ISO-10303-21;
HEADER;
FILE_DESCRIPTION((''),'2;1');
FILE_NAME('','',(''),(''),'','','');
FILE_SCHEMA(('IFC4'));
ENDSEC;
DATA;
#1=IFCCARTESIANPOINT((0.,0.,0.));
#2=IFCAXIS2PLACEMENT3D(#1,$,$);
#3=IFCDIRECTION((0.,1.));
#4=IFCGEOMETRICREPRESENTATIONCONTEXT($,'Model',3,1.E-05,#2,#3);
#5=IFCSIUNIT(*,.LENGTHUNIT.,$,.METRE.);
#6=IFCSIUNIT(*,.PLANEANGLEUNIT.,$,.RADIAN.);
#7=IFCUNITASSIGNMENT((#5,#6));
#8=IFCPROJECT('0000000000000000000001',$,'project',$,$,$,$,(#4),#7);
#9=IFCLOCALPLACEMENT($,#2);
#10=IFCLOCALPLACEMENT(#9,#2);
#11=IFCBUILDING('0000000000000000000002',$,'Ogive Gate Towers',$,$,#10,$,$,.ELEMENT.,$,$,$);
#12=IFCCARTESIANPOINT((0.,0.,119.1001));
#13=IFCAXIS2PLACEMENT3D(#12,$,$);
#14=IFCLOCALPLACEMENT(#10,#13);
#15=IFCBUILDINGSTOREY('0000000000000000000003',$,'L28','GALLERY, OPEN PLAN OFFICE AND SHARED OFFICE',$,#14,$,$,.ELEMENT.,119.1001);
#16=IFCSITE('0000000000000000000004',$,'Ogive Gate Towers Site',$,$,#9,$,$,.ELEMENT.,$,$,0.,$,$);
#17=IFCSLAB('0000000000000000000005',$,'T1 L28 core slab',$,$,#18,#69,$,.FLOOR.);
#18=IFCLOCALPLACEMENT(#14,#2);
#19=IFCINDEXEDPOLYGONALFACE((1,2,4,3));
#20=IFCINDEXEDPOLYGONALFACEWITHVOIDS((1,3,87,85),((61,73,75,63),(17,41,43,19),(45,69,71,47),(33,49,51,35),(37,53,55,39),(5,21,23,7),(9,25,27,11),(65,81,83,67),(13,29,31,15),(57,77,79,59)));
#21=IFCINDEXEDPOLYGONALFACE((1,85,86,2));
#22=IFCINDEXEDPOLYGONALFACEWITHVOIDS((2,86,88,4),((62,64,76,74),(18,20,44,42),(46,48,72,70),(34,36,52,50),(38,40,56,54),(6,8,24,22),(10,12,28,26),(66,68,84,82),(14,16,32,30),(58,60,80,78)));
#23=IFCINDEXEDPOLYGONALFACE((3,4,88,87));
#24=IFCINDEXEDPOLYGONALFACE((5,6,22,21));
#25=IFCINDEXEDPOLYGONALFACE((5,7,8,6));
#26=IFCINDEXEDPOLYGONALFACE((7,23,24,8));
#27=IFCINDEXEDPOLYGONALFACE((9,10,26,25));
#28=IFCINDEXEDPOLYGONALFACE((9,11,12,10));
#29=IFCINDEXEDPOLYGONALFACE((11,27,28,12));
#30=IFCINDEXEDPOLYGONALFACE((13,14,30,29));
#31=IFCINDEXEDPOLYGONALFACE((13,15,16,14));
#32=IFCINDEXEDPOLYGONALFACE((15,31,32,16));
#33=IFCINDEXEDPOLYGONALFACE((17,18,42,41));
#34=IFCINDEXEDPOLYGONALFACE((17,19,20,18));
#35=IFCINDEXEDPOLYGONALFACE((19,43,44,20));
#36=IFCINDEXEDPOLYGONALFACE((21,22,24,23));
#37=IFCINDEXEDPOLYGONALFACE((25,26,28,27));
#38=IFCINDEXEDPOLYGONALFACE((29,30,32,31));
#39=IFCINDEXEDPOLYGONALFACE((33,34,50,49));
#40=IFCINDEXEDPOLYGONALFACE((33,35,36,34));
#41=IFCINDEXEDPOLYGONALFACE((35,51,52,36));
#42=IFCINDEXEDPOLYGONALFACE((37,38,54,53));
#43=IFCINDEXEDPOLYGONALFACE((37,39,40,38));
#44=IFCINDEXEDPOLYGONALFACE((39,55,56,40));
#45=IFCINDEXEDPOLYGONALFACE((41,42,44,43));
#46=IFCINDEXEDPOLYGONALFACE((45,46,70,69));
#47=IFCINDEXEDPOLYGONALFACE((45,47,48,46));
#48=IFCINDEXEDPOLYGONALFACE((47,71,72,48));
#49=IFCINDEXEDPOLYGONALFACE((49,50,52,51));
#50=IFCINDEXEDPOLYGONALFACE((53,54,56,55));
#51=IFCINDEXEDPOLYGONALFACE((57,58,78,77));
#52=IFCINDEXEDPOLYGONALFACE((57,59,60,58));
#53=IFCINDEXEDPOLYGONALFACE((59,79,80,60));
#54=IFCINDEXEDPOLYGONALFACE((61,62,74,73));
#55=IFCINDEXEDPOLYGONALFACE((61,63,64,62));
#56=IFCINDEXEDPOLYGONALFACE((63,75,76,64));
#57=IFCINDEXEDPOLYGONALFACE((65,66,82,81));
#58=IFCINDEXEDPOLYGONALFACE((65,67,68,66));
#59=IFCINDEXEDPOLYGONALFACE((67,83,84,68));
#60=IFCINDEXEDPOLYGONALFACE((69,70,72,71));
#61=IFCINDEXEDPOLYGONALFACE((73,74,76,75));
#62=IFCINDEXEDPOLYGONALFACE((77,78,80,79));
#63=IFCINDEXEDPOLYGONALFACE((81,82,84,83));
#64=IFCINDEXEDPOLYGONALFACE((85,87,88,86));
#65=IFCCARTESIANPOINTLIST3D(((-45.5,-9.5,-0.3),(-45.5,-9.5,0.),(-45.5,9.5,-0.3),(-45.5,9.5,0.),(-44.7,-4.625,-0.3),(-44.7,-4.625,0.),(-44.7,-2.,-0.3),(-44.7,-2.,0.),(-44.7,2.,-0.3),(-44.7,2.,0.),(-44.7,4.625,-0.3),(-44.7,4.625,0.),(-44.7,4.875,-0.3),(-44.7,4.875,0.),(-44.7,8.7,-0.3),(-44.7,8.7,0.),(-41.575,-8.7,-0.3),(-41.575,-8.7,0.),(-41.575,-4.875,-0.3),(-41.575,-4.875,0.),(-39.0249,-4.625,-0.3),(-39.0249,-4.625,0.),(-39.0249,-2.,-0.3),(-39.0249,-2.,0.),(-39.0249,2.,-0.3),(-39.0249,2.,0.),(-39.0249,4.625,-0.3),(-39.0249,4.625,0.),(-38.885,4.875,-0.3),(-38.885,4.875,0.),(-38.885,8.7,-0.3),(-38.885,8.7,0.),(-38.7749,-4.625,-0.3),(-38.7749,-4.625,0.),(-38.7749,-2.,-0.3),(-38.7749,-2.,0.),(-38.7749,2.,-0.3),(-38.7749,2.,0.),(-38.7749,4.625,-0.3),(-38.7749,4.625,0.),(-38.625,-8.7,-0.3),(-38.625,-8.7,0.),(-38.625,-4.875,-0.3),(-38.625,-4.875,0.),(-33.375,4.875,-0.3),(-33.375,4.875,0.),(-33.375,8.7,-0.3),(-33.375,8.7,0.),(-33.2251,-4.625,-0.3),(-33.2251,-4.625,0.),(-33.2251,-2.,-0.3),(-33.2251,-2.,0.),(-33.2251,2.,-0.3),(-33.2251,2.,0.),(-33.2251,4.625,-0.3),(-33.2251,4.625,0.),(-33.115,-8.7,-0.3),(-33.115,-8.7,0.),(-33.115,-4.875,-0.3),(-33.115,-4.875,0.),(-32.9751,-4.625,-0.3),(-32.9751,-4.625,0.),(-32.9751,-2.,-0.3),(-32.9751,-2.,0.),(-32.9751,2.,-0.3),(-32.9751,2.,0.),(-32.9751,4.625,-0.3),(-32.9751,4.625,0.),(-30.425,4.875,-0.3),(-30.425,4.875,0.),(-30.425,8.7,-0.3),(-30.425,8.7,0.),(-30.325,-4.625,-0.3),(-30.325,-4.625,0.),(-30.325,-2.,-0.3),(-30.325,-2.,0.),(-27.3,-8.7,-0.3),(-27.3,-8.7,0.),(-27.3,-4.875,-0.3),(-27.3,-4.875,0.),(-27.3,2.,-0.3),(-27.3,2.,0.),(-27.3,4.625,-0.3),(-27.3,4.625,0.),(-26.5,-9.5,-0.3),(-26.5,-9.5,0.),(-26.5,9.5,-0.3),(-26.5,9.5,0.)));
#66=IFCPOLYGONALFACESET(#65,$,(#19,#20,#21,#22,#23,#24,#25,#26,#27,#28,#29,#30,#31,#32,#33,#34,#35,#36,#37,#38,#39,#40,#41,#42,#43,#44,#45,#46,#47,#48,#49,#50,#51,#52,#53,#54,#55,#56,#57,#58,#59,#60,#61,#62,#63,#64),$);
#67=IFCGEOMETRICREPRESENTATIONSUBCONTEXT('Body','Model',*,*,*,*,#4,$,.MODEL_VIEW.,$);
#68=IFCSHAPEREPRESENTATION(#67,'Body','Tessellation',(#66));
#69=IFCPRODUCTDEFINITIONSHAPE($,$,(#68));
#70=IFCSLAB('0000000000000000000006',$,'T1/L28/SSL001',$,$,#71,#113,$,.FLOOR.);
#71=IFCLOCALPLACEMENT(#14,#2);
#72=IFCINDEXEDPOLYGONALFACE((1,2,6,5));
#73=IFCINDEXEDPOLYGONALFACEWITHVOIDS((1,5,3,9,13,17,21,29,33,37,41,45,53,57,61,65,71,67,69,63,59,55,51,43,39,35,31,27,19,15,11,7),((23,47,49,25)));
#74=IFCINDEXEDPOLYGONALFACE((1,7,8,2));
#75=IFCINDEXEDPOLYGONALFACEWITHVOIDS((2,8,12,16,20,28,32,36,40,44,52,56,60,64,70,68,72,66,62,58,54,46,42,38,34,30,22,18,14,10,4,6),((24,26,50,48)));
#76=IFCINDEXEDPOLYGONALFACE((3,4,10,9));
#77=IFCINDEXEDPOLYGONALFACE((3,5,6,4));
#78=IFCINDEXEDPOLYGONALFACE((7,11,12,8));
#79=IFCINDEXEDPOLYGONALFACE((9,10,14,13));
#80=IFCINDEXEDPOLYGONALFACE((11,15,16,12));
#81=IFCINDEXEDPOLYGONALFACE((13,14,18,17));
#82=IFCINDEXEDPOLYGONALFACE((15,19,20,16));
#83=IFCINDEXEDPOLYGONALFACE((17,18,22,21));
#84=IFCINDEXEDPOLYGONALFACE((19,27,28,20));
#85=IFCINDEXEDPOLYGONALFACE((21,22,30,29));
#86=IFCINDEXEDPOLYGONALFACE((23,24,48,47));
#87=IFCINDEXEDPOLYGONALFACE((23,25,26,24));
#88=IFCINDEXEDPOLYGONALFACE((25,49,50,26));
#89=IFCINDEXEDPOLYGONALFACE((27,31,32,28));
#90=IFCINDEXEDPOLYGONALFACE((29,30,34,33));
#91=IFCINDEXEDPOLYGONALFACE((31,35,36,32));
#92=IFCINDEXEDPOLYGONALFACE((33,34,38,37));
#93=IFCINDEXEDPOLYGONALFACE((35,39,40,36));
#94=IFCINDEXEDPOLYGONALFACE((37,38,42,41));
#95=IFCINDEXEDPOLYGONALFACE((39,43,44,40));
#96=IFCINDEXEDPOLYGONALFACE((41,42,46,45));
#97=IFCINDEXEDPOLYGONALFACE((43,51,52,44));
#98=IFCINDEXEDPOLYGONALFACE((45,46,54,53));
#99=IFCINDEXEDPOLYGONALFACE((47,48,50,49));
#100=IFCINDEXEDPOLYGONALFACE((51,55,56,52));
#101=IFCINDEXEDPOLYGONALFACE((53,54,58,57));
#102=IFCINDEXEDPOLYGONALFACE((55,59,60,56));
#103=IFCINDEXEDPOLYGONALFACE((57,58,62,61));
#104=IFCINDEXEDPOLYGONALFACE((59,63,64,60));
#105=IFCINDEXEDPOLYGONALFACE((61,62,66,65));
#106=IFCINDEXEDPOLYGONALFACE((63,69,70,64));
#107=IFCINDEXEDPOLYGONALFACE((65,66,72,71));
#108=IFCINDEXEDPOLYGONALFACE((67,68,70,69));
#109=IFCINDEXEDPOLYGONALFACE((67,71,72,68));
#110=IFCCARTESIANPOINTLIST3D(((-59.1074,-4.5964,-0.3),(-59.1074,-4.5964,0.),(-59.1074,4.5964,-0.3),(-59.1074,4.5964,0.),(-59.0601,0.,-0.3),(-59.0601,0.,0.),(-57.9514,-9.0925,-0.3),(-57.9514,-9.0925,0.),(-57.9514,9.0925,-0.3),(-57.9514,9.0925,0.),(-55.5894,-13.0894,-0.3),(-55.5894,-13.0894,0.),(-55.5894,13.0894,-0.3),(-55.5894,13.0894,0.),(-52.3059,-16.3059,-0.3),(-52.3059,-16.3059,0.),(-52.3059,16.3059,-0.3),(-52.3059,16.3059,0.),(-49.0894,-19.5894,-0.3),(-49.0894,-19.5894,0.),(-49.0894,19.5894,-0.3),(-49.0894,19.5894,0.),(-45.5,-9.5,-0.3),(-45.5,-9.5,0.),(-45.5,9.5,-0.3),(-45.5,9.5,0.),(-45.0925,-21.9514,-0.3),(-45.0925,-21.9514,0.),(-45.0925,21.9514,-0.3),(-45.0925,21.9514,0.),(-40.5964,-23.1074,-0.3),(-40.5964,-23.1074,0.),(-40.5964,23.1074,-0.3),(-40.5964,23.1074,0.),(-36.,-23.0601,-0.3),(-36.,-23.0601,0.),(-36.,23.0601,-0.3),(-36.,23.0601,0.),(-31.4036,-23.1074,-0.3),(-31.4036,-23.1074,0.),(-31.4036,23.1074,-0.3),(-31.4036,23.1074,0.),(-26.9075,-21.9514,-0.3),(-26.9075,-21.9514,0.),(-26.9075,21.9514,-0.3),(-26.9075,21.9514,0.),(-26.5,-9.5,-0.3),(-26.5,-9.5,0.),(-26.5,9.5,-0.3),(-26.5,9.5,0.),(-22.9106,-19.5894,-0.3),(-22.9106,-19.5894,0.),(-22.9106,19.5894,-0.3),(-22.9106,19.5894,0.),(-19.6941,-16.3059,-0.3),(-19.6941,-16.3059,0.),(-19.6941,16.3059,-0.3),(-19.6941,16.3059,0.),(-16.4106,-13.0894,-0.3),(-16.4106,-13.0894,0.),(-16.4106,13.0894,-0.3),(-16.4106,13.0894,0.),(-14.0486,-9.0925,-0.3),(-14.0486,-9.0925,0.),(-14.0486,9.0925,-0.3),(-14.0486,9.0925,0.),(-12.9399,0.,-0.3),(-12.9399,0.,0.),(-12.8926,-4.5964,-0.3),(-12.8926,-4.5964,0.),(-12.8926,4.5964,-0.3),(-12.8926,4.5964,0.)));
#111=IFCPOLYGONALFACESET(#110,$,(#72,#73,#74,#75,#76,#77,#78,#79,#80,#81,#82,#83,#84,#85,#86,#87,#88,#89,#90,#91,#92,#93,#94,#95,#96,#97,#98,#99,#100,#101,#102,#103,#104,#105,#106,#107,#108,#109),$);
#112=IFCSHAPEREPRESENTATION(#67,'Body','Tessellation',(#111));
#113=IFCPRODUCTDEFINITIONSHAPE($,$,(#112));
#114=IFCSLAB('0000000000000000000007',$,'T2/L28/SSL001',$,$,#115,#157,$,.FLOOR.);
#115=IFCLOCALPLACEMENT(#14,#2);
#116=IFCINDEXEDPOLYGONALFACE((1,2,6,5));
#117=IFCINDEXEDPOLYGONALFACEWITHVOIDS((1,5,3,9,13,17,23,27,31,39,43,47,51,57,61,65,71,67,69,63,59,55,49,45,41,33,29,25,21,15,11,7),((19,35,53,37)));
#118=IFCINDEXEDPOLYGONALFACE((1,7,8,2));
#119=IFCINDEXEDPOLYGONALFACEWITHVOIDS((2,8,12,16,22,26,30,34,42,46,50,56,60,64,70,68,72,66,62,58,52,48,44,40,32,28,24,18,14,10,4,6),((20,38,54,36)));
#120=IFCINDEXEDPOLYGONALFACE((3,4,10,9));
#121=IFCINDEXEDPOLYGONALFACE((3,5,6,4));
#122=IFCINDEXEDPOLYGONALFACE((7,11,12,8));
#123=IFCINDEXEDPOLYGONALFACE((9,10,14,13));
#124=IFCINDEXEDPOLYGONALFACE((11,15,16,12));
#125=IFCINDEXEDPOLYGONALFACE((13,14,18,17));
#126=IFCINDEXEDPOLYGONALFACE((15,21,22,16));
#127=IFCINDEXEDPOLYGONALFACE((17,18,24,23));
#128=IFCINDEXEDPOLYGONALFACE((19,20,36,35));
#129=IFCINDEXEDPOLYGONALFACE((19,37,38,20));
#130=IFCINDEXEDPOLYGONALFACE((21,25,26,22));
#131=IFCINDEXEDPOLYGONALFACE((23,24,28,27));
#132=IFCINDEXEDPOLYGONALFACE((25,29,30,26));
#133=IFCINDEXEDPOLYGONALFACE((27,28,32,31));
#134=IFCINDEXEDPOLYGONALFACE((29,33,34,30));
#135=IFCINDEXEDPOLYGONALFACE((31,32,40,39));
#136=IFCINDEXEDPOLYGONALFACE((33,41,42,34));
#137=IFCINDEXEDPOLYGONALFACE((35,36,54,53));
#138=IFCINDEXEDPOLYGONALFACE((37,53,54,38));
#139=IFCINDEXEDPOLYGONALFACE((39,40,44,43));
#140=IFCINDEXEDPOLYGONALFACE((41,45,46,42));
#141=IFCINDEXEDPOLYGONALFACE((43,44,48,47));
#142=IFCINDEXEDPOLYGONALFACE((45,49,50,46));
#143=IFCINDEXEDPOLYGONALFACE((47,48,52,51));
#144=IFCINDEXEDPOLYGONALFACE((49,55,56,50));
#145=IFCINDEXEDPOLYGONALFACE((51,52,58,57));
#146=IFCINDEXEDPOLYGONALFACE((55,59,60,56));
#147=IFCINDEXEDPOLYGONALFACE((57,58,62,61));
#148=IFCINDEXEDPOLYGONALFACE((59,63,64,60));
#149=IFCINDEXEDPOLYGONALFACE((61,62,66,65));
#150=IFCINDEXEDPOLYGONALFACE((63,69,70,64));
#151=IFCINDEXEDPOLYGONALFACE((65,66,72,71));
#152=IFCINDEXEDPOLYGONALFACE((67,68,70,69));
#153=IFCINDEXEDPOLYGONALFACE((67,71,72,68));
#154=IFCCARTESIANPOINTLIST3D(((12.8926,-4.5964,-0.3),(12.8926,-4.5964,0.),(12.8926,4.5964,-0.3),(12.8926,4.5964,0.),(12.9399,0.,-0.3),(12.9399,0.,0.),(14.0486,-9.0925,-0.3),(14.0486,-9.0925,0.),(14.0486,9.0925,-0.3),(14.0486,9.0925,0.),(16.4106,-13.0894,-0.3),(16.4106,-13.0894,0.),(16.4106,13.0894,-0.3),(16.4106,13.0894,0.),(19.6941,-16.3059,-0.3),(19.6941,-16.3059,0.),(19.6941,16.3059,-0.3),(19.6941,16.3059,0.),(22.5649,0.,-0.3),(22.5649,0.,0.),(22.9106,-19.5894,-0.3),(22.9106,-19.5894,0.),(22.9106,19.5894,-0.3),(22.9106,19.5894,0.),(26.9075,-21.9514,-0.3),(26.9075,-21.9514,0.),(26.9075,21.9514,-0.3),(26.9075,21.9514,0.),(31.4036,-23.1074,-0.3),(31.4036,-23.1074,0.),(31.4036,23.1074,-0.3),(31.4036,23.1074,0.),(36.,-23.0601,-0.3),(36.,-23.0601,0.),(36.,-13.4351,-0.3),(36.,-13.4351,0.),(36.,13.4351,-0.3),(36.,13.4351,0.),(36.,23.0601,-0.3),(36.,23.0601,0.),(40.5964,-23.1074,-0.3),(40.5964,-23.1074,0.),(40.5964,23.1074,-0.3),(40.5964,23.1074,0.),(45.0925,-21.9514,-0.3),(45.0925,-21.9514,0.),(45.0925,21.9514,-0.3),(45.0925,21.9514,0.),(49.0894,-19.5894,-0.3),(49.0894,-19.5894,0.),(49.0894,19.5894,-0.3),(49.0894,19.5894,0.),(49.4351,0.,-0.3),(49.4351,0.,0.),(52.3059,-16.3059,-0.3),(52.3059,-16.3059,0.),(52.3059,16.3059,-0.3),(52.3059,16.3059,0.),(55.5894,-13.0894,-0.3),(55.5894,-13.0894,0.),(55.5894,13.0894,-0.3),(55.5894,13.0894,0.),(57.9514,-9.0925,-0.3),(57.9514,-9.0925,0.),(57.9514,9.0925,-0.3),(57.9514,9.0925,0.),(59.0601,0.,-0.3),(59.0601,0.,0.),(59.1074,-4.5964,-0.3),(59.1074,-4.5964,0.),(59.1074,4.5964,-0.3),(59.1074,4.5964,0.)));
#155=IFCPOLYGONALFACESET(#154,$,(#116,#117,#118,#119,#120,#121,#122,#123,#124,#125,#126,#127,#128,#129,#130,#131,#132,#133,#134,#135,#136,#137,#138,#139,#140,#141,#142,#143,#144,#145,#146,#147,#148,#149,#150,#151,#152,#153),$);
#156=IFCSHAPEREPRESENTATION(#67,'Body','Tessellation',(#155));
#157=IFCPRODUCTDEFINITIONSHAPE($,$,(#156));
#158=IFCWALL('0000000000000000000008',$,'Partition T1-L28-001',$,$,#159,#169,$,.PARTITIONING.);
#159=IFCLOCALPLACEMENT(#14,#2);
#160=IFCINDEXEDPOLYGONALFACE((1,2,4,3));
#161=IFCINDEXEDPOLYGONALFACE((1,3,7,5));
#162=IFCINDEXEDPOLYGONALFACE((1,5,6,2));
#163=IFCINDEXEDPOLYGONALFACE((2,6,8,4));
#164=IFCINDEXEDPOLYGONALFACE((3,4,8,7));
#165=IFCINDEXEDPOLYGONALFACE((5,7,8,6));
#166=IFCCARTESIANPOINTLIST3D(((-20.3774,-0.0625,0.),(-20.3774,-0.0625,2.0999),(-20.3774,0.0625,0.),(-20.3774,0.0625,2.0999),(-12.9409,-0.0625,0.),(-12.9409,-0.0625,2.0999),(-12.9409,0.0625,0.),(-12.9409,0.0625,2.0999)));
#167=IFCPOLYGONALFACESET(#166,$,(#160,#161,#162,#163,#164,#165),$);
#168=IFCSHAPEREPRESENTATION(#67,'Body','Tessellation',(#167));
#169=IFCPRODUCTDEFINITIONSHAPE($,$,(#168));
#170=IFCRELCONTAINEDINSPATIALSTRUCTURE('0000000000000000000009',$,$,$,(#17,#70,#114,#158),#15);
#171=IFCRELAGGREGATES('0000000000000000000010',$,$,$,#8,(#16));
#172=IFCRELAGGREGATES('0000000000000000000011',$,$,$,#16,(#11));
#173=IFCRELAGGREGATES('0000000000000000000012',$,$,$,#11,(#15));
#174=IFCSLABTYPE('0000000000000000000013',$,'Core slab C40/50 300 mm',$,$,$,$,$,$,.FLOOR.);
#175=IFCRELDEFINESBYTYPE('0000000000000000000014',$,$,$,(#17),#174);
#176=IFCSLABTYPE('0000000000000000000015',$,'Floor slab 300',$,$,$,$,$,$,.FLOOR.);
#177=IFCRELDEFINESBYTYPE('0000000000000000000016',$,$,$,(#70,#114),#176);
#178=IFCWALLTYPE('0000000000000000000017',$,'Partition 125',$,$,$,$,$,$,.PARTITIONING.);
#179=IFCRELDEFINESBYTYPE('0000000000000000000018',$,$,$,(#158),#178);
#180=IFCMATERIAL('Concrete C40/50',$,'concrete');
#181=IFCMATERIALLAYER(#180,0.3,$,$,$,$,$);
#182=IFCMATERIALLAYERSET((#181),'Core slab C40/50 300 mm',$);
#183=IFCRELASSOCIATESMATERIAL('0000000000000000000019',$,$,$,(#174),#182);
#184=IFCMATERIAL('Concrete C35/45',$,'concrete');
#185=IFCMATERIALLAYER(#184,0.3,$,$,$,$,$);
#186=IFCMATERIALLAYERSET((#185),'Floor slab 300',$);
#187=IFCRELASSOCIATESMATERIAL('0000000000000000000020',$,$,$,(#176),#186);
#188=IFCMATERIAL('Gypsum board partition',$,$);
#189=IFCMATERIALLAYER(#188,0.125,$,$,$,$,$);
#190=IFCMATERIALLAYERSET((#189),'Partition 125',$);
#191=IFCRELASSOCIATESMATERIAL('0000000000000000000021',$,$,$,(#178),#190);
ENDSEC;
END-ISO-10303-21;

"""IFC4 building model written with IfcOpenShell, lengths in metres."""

from ifc_helpers import new_model, si_unit, direction, frame, frame_2d, origin, place, context, subcontext, project, spatial, polyline, rectangle, outline, extrude, material, layer, layer_set, type_object, element, save


model = new_model("IFC4")

# Units and contexts
model_context = context("Model", 3, precision=1e-05, world=origin(), true_north=direction((0.0, 1.0)))
body_context = subcontext(model_context, "Body", "Model", "MODEL_VIEW")
ifc_project = project(units=[si_unit("LENGTHUNIT", "METRE"), si_unit("PLANEANGLEUNIT", "RADIAN")], contexts=[model_context])

# Site, building, storey
site_placement = place(None, origin())
site = spatial("IfcSite", under=ifc_project, at=site_placement, Name="Ogive Gate Towers Site", CompositionType="ELEMENT", RefElevation=0.0)
building_placement = place(site_placement, origin())
building = spatial("IfcBuilding", under=site, at=building_placement, Name="Ogive Gate Towers", CompositionType="ELEMENT")
storey_placement = place(building_placement, frame((0.0, 0.0, 119.1001)))
storey = spatial("IfcBuildingStorey", under=building, at=storey_placement, Name="L28", Description="GALLERY, OPEN PLAN OFFICE AND SHARED OFFICE", CompositionType="ELEMENT", Elevation=119.1001)

# Slabs
ifc_material_1 = material(Name="Concrete C40/50", Category="concrete")
ifc_layer_1 = layer(ifc_material_1, 0.3)
ifc_layer_set_1 = layer_set([ifc_layer_1], Name="Core slab C40/50 300 mm")
slab_type_1 = type_object("IfcSlabType", Name="Core slab C40/50 300 mm", PredefinedType="FLOOR", material=ifc_layer_set_1)
slab_1_placement = place(storey_placement, frame((0.0, 0.0, -0.3)))
element("IfcSlab", 1, at=slab_1_placement, inside=storey, type_object=slab_type_1, Name="T1 L28 core slab", PredefinedType="FLOOR", context=body_context, shape_type="SweptSolid", body=[
    extrude(outline(polyline([(-26.5, 9.5), (-26.5, -9.5), (-45.5, -9.5), (-45.5, 9.5), (-26.5, 9.5)]), holes=[polyline([(-39.0249, 4.625), (-44.7, 4.625), (-44.7, 2.0), (-39.0249, 2.0), (-39.0249, 4.625)]), polyline([(-33.2251, 2.0), (-33.2251, 4.625), (-38.7749, 4.625), (-38.7749, 2.0), (-33.2251, 2.0)]), polyline([(-32.9751, 2.0), (-27.3, 2.0), (-27.3, 4.625), (-32.9751, 4.625), (-32.9751, 2.0)]), polyline([(-44.7, -2.0), (-44.7, -4.625), (-39.0249, -4.625), (-39.0249, -2.0), (-44.7, -2.0)]), polyline([(-33.2251, -2.0), (-38.7749, -2.0), (-38.7749, -4.625), (-33.2251, -4.625), (-33.2251, -2.0)]), polyline([(-30.325, -4.625), (-30.325, -2.0), (-32.9751, -2.0), (-32.9751, -4.625), (-30.325, -4.625)]), polyline([(-33.375, 4.875), (-30.425, 4.875), (-30.425, 8.7), (-33.375, 8.7), (-33.375, 4.875)]), polyline([(-41.575, -4.875), (-41.575, -8.7), (-38.625, -8.7), (-38.625, -4.875), (-41.575, -4.875)]), polyline([(-44.7, 4.875), (-38.885, 4.875), (-38.885, 8.7), (-44.7, 8.7), (-44.7, 4.875)]), polyline([(-27.3, -8.7), (-27.3, -4.875), (-33.115, -4.875), (-33.115, -8.7), (-27.3, -8.7)])]), origin(), (0.0, 0.0, 1.0), 0.3),
])
ifc_material_2 = material(Name="Concrete C35/45", Category="concrete")
ifc_layer_2 = layer(ifc_material_2, 0.3)
ifc_layer_set_2 = layer_set([ifc_layer_2], Name="Floor slab 300")
slab_type_2 = type_object("IfcSlabType", Name="Floor slab 300", PredefinedType="FLOOR", material=ifc_layer_set_2)
slab_2_placement = place(storey_placement, frame((0.0, 0.0, -0.3)))
element("IfcSlab", 2, at=slab_2_placement, inside=storey, type_object=slab_type_2, Name="T1/L28/SSL001", PredefinedType="FLOOR", context=body_context, shape_type="SweptSolid", body=[
    extrude(outline(polyline([(-12.8926, -4.5964), (-12.9399, 0.0), (-12.8926, 4.5964), (-14.0486, 9.0925), (-16.4106, 13.0894), (-19.6941, 16.3059), (-22.9106, 19.5894), (-26.9075, 21.9514), (-31.4036, 23.1074), (-36.0, 23.0601), (-40.5964, 23.1074), (-45.0925, 21.9514), (-49.0894, 19.5894), (-52.3059, 16.3059), (-55.5894, 13.0894), (-57.9514, 9.0925), (-59.1074, 4.5964), (-59.0601, 0.0), (-59.1074, -4.5964), (-57.9514, -9.0925), (-55.5894, -13.0894), (-52.3059, -16.3059), (-49.0894, -19.5894), (-45.0925, -21.9514), (-40.5964, -23.1074), (-36.0, -23.0601), (-31.4036, -23.1074), (-26.9075, -21.9514), (-22.9106, -19.5894), (-19.6941, -16.3059), (-16.4106, -13.0894), (-14.0486, -9.0925), (-12.8926, -4.5964)]), holes=[polyline([(-26.5, -9.5), (-45.5, -9.5), (-45.5, 9.5), (-26.5, 9.5), (-26.5, -9.5)])]), origin(), (0.0, 0.0, 1.0), 0.3),
])
slab_3_placement = place(storey_placement, frame((0.0, 0.0, -0.3)))
element("IfcSlab", 3, at=slab_3_placement, inside=storey, type_object=slab_type_2, Name="T2/L28/SSL001", PredefinedType="FLOOR", context=body_context, shape_type="SweptSolid", body=[
    extrude(outline(polyline([(59.1074, -4.5964), (59.0601, 0.0), (59.1074, 4.5964), (57.9514, 9.0925), (55.5894, 13.0894), (52.3059, 16.3059), (49.0894, 19.5894), (45.0925, 21.9514), (40.5964, 23.1074), (36.0, 23.0601), (31.4036, 23.1074), (26.9075, 21.9514), (22.9106, 19.5894), (19.6941, 16.3059), (16.4106, 13.0894), (14.0486, 9.0925), (12.8926, 4.5964), (12.9399, 0.0), (12.8926, -4.5964), (14.0486, -9.0925), (16.4106, -13.0894), (19.6941, -16.3059), (22.9106, -19.5894), (26.9075, -21.9514), (31.4036, -23.1074), (36.0, -23.0601), (40.5964, -23.1074), (45.0925, -21.9514), (49.0894, -19.5894), (52.3059, -16.3059), (55.5894, -13.0894), (57.9514, -9.0925), (59.1074, -4.5964)]), holes=[polyline([(49.4351, 0.0), (36.0, -13.4351), (22.5649, 0.0), (36.0, 13.4351), (49.4351, 0.0)])]), origin(), (0.0, 0.0, 1.0), 0.3),
])

# Wall
ifc_material_3 = material(Name="Gypsum board partition")
ifc_layer_3 = layer(ifc_material_3, 0.125)
ifc_layer_set_3 = layer_set([ifc_layer_3], Name="Partition 125")
wall_type_1 = type_object("IfcWallType", Name="Partition 125", PredefinedType="PARTITIONING", material=ifc_layer_set_3)
wall_1_placement = place(storey_placement, frame((-12.9409, 0.0, 0.0), z_axis=(0.0, 0.0, 1.0), x_axis=(-1.0, 0.0, 0.0)))
element("IfcWall", 4, at=wall_1_placement, inside=storey, type_object=wall_type_1, Name="Partition T1-L28-001", PredefinedType="PARTITIONING", context=body_context, shape_type="SweptSolid", body=[
    extrude(rectangle(XDim=7.4365, YDim=0.125, at=frame_2d((3.7183, 0.0))), origin(), (0.0, 0.0, 1.0), 2.0999),
])

save(model, "model.ifc")
